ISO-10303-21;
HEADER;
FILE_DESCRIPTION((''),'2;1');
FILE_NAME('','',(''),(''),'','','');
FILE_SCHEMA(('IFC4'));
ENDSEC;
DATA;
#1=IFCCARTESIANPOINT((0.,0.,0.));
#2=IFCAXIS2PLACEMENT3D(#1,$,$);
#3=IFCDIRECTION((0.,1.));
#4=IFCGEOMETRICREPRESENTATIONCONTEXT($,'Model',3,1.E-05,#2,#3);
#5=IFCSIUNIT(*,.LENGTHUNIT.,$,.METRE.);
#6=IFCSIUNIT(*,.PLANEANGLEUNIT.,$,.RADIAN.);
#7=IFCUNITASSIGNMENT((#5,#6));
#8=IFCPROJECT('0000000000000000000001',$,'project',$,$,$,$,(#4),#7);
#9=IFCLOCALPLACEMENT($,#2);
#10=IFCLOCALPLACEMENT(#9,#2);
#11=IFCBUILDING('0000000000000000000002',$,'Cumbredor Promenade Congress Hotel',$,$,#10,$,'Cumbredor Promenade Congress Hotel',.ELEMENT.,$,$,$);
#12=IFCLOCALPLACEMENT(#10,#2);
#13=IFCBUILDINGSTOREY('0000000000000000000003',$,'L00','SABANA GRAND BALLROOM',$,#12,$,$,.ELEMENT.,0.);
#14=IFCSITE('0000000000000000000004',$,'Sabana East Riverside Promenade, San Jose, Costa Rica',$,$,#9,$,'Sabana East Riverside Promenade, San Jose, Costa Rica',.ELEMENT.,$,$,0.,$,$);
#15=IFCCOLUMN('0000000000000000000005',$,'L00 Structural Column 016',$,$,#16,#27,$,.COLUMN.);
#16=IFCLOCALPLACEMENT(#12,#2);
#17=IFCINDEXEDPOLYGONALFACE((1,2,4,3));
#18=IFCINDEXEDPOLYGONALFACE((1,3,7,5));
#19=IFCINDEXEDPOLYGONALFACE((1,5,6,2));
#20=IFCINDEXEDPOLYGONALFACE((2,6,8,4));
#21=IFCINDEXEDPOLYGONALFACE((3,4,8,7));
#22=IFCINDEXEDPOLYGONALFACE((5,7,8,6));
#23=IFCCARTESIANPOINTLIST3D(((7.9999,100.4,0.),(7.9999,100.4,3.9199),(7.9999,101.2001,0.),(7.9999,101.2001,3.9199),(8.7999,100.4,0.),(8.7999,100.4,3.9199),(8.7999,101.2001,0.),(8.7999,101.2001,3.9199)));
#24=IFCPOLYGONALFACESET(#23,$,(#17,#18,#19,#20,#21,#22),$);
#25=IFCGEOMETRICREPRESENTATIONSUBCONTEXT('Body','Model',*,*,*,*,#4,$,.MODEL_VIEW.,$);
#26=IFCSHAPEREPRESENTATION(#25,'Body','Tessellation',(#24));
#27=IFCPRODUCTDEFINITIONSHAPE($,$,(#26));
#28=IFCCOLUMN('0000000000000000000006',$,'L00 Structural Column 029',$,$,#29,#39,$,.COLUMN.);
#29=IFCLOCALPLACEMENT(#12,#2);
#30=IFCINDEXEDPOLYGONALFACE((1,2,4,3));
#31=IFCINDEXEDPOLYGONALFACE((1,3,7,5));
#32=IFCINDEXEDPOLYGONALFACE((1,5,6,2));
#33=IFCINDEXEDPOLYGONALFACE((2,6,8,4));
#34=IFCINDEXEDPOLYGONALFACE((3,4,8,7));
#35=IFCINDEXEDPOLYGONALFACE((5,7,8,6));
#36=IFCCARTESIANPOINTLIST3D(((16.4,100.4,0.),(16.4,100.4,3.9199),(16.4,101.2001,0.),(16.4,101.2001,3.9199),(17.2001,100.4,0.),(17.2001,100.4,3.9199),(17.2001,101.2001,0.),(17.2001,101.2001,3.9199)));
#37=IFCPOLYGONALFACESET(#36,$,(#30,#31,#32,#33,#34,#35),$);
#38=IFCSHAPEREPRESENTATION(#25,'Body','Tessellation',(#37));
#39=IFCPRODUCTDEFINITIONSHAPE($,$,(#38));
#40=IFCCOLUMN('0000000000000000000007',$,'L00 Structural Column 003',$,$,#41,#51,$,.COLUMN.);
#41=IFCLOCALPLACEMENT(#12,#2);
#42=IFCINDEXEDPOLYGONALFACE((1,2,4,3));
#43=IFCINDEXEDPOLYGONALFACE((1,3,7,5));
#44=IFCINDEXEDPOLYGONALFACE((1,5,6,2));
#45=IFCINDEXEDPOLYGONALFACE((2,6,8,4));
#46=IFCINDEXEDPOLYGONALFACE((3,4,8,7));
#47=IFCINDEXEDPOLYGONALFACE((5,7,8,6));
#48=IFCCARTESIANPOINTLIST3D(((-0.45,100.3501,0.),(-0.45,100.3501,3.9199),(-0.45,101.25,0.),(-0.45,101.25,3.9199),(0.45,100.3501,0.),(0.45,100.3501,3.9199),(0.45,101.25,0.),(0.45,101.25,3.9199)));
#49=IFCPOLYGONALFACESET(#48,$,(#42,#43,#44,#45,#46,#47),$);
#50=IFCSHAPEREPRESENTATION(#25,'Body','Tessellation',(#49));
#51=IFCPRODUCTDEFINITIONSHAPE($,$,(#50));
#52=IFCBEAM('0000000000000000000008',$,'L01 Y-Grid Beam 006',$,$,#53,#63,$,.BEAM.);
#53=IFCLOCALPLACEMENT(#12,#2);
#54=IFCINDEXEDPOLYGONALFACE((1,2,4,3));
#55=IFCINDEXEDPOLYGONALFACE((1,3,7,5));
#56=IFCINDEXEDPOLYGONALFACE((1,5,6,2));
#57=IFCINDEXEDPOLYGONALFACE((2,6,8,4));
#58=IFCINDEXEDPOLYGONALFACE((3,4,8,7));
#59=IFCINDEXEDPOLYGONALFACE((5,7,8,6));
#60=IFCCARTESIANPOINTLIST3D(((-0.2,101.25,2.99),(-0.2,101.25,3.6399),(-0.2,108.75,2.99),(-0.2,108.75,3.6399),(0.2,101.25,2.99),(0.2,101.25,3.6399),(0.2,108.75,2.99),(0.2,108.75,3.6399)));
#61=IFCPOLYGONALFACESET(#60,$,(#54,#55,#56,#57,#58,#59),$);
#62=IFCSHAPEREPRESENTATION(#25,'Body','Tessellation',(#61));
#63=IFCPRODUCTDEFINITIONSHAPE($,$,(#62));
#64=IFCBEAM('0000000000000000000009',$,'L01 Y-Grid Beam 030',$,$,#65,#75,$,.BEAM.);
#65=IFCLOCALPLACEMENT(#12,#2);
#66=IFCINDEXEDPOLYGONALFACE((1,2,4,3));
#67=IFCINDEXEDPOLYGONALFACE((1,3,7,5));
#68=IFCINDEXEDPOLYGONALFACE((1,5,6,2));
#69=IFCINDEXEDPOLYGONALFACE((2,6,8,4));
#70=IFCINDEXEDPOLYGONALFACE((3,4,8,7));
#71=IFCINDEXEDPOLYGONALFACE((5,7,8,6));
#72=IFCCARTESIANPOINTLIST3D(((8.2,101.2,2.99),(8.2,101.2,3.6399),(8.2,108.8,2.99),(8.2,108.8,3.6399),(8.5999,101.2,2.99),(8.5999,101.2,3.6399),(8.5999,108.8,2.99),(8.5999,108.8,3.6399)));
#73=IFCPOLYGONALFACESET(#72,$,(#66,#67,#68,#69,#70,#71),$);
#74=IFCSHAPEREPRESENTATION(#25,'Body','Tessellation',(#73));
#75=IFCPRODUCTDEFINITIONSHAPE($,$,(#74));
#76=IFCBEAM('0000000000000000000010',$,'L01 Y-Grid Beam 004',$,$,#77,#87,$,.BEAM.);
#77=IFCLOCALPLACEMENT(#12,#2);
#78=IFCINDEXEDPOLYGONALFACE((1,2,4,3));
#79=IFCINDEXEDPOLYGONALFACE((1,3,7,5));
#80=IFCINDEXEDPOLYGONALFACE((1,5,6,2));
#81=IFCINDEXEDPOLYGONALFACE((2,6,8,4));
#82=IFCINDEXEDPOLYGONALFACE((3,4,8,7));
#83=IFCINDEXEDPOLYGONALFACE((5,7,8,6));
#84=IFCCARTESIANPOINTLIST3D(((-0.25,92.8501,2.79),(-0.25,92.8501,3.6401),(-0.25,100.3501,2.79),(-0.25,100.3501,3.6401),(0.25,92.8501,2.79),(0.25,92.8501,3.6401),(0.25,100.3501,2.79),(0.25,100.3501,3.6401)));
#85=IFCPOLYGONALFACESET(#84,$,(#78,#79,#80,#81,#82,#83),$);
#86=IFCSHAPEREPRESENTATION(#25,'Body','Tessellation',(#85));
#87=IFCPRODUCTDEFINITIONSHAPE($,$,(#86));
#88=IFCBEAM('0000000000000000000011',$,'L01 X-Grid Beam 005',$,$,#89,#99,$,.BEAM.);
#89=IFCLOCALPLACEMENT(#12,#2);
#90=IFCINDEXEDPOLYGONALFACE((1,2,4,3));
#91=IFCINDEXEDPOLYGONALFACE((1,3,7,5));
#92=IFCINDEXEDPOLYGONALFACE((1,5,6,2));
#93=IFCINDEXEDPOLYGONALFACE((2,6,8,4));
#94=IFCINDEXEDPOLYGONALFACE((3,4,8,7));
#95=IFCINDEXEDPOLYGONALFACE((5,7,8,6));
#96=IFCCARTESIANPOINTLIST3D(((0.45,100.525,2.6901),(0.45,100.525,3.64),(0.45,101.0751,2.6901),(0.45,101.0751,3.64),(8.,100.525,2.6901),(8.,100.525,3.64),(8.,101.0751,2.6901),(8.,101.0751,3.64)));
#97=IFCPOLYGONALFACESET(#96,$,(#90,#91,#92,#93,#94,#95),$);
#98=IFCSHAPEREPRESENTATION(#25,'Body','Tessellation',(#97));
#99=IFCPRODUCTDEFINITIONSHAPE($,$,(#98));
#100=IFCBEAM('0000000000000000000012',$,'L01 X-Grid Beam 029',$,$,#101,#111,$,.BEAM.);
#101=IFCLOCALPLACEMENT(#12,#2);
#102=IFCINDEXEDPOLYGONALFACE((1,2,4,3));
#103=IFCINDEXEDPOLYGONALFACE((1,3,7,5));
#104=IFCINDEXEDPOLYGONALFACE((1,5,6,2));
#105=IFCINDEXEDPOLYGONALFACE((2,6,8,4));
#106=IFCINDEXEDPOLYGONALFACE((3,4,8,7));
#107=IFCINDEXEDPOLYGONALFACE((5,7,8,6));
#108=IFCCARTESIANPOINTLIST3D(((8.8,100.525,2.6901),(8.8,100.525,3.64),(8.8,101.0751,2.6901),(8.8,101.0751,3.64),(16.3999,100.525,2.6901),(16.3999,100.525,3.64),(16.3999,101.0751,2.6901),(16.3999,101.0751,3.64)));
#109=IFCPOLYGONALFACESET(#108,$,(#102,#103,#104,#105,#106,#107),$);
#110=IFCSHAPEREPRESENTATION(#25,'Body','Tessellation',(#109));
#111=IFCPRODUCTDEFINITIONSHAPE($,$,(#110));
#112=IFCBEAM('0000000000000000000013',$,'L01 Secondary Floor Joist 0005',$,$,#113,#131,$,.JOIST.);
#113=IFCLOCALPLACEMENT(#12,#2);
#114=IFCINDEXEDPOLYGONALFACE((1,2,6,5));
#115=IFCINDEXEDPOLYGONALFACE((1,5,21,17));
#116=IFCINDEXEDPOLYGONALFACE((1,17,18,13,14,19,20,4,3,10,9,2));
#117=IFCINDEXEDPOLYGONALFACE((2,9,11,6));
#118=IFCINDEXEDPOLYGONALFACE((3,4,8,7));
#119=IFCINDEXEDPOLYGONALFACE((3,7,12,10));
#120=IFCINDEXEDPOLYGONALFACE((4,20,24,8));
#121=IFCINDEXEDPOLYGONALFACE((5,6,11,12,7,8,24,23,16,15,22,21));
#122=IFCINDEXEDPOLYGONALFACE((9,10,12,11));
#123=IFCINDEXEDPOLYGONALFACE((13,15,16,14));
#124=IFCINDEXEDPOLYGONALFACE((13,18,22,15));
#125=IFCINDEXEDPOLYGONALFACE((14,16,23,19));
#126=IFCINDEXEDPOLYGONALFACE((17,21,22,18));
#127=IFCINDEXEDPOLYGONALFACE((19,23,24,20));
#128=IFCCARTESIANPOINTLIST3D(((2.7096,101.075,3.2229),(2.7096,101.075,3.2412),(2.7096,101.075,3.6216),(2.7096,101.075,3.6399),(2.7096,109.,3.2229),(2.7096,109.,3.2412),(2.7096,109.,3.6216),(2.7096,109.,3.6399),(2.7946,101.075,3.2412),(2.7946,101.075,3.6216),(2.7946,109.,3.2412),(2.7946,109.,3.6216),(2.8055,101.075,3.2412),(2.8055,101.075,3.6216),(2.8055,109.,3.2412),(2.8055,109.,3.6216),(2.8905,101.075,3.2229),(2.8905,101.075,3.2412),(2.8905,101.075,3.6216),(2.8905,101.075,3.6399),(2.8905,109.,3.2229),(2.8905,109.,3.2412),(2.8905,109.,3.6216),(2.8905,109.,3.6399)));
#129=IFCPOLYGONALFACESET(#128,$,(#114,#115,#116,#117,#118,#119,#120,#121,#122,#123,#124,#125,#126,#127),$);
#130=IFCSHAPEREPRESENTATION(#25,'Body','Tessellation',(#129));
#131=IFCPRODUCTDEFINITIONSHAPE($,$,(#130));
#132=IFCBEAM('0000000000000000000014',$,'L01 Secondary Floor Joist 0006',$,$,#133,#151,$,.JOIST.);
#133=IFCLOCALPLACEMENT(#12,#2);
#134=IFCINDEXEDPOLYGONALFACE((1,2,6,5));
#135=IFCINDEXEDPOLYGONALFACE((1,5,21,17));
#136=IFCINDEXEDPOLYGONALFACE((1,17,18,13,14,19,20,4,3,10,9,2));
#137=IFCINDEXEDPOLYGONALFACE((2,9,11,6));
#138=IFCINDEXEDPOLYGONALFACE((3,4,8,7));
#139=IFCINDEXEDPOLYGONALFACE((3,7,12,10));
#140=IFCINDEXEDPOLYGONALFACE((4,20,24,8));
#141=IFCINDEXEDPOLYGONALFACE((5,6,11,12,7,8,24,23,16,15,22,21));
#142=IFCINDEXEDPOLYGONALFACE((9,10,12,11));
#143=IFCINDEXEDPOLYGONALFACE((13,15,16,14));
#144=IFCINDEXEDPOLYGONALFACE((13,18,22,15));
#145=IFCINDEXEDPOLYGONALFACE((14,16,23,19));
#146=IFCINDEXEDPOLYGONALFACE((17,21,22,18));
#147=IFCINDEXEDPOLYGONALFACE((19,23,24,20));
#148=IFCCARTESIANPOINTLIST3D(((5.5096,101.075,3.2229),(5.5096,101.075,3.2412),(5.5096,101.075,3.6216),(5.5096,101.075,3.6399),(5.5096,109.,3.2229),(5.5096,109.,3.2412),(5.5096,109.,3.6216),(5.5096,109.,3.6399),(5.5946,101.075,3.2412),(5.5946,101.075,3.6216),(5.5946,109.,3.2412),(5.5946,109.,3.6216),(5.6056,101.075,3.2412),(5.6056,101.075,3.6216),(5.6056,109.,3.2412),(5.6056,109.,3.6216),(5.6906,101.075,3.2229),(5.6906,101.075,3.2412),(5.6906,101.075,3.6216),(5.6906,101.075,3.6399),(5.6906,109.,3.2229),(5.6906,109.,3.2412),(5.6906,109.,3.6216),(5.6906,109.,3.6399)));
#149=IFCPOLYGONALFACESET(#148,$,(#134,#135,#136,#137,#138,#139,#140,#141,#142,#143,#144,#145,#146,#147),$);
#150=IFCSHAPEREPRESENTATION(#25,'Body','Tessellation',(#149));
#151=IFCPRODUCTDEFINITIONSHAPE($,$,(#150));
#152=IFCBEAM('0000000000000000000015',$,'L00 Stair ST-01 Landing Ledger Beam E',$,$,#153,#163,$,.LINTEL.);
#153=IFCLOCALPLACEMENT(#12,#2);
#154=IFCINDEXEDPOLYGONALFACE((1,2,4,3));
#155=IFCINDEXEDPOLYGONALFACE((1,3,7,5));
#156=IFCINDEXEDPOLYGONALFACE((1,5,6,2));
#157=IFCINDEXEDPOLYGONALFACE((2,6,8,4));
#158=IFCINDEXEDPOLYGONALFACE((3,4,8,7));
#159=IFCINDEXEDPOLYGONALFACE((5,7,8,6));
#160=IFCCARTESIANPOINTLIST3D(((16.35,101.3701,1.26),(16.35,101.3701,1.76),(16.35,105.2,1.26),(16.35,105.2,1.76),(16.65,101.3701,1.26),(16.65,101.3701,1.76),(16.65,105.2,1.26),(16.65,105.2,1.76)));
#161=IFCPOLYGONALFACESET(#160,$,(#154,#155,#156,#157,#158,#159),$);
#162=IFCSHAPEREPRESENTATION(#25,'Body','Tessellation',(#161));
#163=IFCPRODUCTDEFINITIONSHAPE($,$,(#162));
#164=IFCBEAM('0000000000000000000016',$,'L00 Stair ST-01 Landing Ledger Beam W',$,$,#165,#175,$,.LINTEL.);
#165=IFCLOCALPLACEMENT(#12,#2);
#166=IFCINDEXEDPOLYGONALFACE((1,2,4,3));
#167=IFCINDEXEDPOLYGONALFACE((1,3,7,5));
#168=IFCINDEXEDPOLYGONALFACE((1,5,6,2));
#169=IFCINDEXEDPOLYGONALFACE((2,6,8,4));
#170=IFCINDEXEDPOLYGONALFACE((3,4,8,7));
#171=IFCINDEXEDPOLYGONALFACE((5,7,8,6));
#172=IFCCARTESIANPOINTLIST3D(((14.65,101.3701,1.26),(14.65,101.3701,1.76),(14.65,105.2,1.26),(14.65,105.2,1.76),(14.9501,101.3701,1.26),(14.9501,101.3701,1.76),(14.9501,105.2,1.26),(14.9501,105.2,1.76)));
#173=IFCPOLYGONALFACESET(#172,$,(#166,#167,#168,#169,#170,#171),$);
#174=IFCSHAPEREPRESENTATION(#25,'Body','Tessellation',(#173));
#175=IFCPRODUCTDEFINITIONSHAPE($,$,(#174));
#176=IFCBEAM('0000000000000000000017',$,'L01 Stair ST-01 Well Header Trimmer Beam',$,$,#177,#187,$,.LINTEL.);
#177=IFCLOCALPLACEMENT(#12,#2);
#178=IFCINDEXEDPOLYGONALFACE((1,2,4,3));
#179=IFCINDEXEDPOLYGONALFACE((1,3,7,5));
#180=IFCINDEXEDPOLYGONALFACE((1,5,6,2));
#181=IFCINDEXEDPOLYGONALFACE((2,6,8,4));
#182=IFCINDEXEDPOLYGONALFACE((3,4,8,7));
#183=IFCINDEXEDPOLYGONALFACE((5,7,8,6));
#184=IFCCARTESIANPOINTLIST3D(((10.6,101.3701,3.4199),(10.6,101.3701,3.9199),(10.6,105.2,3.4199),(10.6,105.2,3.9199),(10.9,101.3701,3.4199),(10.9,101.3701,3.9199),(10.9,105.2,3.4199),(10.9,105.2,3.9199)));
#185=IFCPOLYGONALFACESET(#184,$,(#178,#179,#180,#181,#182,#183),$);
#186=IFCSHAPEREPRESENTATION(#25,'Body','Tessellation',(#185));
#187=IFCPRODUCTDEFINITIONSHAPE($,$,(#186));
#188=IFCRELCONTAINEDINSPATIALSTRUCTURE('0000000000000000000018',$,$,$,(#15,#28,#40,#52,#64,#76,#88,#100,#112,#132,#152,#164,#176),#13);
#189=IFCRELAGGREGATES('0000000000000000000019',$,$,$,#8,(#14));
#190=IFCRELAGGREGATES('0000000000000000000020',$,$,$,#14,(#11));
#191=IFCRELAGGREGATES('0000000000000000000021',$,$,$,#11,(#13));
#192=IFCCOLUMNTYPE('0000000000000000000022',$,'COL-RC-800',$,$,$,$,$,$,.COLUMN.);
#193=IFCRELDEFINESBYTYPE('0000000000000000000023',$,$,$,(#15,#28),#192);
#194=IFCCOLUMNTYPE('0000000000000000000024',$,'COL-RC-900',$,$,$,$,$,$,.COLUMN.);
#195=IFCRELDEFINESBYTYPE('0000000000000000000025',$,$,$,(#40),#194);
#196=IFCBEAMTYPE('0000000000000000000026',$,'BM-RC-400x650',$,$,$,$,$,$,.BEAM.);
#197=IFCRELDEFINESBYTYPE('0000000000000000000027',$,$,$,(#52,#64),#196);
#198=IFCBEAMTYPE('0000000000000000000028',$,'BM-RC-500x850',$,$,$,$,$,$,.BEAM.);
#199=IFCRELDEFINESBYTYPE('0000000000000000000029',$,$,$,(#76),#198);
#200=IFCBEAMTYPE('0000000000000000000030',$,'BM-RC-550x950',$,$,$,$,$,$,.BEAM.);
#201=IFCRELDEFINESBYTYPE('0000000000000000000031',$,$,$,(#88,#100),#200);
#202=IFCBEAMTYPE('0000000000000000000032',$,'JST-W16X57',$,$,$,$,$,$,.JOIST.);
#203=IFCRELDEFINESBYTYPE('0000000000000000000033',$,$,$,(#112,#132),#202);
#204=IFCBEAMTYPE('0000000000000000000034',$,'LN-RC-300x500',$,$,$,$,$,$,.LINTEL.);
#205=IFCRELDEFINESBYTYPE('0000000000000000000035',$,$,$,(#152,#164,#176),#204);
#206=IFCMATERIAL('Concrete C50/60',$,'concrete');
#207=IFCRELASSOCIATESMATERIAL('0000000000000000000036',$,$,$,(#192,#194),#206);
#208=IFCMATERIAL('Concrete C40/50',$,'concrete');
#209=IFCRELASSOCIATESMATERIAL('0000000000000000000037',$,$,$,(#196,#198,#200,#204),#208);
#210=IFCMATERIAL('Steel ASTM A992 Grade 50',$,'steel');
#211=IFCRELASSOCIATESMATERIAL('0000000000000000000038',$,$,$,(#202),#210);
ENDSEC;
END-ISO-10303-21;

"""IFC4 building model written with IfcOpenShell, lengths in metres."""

from ifc_helpers import new_model, si_unit, direction, frame, origin, origin_2d, place, context, subcontext, project, spatial, rectangle, i_section, extrude, material, material_profile, profile_set, type_object, element, save


model = new_model("IFC4")

# Units and contexts
model_context = context("Model", 3, precision=1e-05, world=origin(), true_north=direction((0.0, 1.0)))
body_context = subcontext(model_context, "Body", "Model", "MODEL_VIEW")
ifc_project = project(units=[si_unit("LENGTHUNIT", "METRE"), si_unit("PLANEANGLEUNIT", "RADIAN")], contexts=[model_context])

# Site, building, storey
site_placement = place(None, origin())
site = spatial("IfcSite", under=ifc_project, at=site_placement, Name="Sabana East Riverside Promenade, San Jose, Costa Rica", LongName="Sabana East Riverside Promenade, San Jose, Costa Rica", CompositionType="ELEMENT", RefElevation=0.0)
building_placement = place(site_placement, origin())
building = spatial("IfcBuilding", under=site, at=building_placement, Name="Cumbredor Promenade Congress Hotel", LongName="Cumbredor Promenade Congress Hotel", CompositionType="ELEMENT")
storey_placement = place(building_placement, origin())
storey = spatial("IfcBuildingStorey", under=building, at=storey_placement, Name="L00", Description="SABANA GRAND BALLROOM", CompositionType="ELEMENT", Elevation=0.0)

# Columns
ifc_material_1 = material(Name="Concrete C50/60", Category="concrete")
ifc_material_profile_1 = material_profile(ifc_material_1, rectangle(XDim=0.8, YDim=0.8, at=origin_2d()), Name="RC 800x800")
ifc_profile_set_1 = profile_set([ifc_material_profile_1], Name="Concrete C50/60")
column_type_1 = type_object("IfcColumnType", Name="COL-RC-800", PredefinedType="COLUMN", material=ifc_profile_set_1)
for number, where, z_axis, x_axis, name in (
    (1, (8.3999, 100.8, 0.0), (0.0, 0.0, 1.0), (1.0, 0.0, 0.0), "L00 Structural Column 016"),
    (2, (16.8, 100.8, 0.0), (0.0, 0.0, 1.0), (1.0, 0.0, 0.0), "L00 Structural Column 029"),
):
    element("IfcColumn", number, at=place(storey_placement, frame(where, z_axis=z_axis, x_axis=x_axis)), inside=storey, type_object=column_type_1, Name=name, PredefinedType="COLUMN", context=body_context, shape_type="SweptSolid", body=[
        extrude(rectangle(XDim=0.8, YDim=0.8, at=origin_2d()), origin(), (0.0, 0.0, 1.0), 3.9199),
    ])
ifc_material_profile_2 = material_profile(ifc_material_1, rectangle(XDim=0.8999, YDim=0.8999, at=origin_2d()), Name="RC 900x900")
ifc_profile_set_2 = profile_set([ifc_material_profile_2], Name="Concrete C50/60")
column_type_2 = type_object("IfcColumnType", Name="COL-RC-900", PredefinedType="COLUMN", material=ifc_profile_set_2)
column_placement = place(storey_placement, frame((0.0, 100.8, 0.0), z_axis=(0.0, 0.0, 1.0), x_axis=(1.0, 0.0, 0.0)))
element("IfcColumn", 3, at=column_placement, inside=storey, type_object=column_type_2, Name="L00 Structural Column 003", PredefinedType="COLUMN", context=body_context, shape_type="SweptSolid", body=[
    extrude(rectangle(XDim=0.8999, YDim=0.8999, at=origin_2d()), origin(), (0.0, 0.0, 1.0), 3.9199),
])

# Beams
ifc_material_2 = material(Name="Concrete C40/50", Category="concrete")
ifc_material_profile_3 = material_profile(ifc_material_2, rectangle(XDim=0.3999, YDim=0.6499, at=origin_2d()), Name="RC BEAM 400x650")
ifc_profile_set_3 = profile_set([ifc_material_profile_3], Name="Concrete C40/50")
beam_type_1 = type_object("IfcBeamType", Name="BM-RC-400x650", PredefinedType="BEAM", material=ifc_profile_set_3)
beam_1_placement = place(storey_placement, frame((0.0, 101.25, 3.3149), z_axis=(0.0, 1.0, 0.0), x_axis=(-1.0, 0.0, 0.0)))
element("IfcBeam", 4, at=beam_1_placement, inside=storey, type_object=beam_type_1, Name="L01 Y-Grid Beam 006", PredefinedType="BEAM", context=body_context, shape_type="SweptSolid", body=[
    extrude(rectangle(XDim=0.3999, YDim=0.6499, at=origin_2d()), origin(), (0.0, 0.0, 1.0), 7.5),
])
beam_2_placement = place(storey_placement, frame((8.3999, 101.2, 3.3149), z_axis=(0.0, 1.0, 0.0), x_axis=(-1.0, 0.0, 0.0)))
element("IfcBeam", 5, at=beam_2_placement, inside=storey, type_object=beam_type_1, Name="L01 Y-Grid Beam 030", PredefinedType="BEAM", context=body_context, shape_type="SweptSolid", body=[
    extrude(rectangle(XDim=0.3999, YDim=0.6499, at=origin_2d()), origin(), (0.0, 0.0, 1.0), 7.6001),
])
ifc_material_profile_4 = material_profile(ifc_material_2, rectangle(XDim=0.5, YDim=0.8501, at=origin_2d()), Name="RC BEAM 500x850")
ifc_profile_set_4 = profile_set([ifc_material_profile_4], Name="Concrete C40/50")
beam_type_2 = type_object("IfcBeamType", Name="BM-RC-500x850", PredefinedType="BEAM", material=ifc_profile_set_4)
beam_3_placement = place(storey_placement, frame((0.0, 92.8501, 3.2151), z_axis=(0.0, 1.0, 0.0), x_axis=(-1.0, 0.0, 0.0)))
element("IfcBeam", 6, at=beam_3_placement, inside=storey, type_object=beam_type_2, Name="L01 Y-Grid Beam 004", PredefinedType="BEAM", context=body_context, shape_type="SweptSolid", body=[
    extrude(rectangle(XDim=0.5, YDim=0.8501, at=origin_2d()), origin(), (0.0, 0.0, 1.0), 7.5),
])
ifc_material_profile_5 = material_profile(ifc_material_2, rectangle(XDim=0.55, YDim=0.95, at=origin_2d()), Name="RC BEAM 550x950")
ifc_profile_set_5 = profile_set([ifc_material_profile_5], Name="Concrete C40/50")
beam_type_3 = type_object("IfcBeamType", Name="BM-RC-550x950", PredefinedType="BEAM", material=ifc_profile_set_5)
beam_4_placement = place(storey_placement, frame((0.45, 100.8, 3.165), z_axis=(1.0, 0.0, 0.0), x_axis=(0.0, 1.0, 0.0)))
element("IfcBeam", 7, at=beam_4_placement, inside=storey, type_object=beam_type_3, Name="L01 X-Grid Beam 005", PredefinedType="BEAM", context=body_context, shape_type="SweptSolid", body=[
    extrude(rectangle(XDim=0.55, YDim=0.95, at=origin_2d()), origin(), (0.0, 0.0, 1.0), 7.55),
])
beam_5_placement = place(storey_placement, frame((8.8, 100.8, 3.165), z_axis=(1.0, 0.0, 0.0), x_axis=(0.0, 1.0, 0.0)))
element("IfcBeam", 8, at=beam_5_placement, inside=storey, type_object=beam_type_3, Name="L01 X-Grid Beam 029", PredefinedType="BEAM", context=body_context, shape_type="SweptSolid", body=[
    extrude(rectangle(XDim=0.55, YDim=0.95, at=origin_2d()), origin(), (0.0, 0.0, 1.0), 7.5999),
])
ifc_material_3 = material(Name="Steel ASTM A992 Grade 50", Category="steel")
ifc_material_profile_6 = material_profile(ifc_material_3, i_section(OverallWidth=0.1809, OverallDepth=0.417, WebThickness=0.011, FlangeThickness=0.0183, at=origin_2d()), Name="W16X57")
ifc_profile_set_6 = profile_set([ifc_material_profile_6], Name="Steel ASTM A992 Grade 50")
beam_type_4 = type_object("IfcBeamType", Name="JST-W16X57", PredefinedType="JOIST", material=ifc_profile_set_6)
for number, where, z_axis, x_axis, name in (
    (9, (2.8, 101.075, 3.4314), (0.0, 1.0, 0.0), (-1.0, 0.0, 0.0), "L01 Secondary Floor Joist 0005"),
    (10, (5.6001, 101.075, 3.4314), (0.0, 1.0, 0.0), (-1.0, 0.0, 0.0), "L01 Secondary Floor Joist 0006"),
):
    element("IfcBeam", number, at=place(storey_placement, frame(where, z_axis=z_axis, x_axis=x_axis)), inside=storey, type_object=beam_type_4, Name=name, PredefinedType="JOIST", context=body_context, shape_type="SweptSolid", body=[
        extrude(i_section(OverallWidth=0.1809, OverallDepth=0.417, WebThickness=0.011, FlangeThickness=0.0183, at=origin_2d()), origin(), (0.0, 0.0, 1.0), 7.925),
    ])
ifc_material_profile_7 = material_profile(ifc_material_2, rectangle(XDim=0.3, YDim=0.5, at=origin_2d()), Name="RC LINTEL 300x500")
ifc_profile_set_7 = profile_set([ifc_material_profile_7], Name="Concrete C40/50")
beam_type_5 = type_object("IfcBeamType", Name="LN-RC-300x500", PredefinedType="LINTEL", material=ifc_profile_set_7)
for number, where, z_axis, x_axis, name in (
    (11, (16.5, 101.3701, 1.51), (0.0, 1.0, 0.0), (-1.0, 0.0, 0.0), "L00 Stair ST-01 Landing Ledger Beam E"),
    (12, (14.8, 101.3701, 1.51), (0.0, 1.0, 0.0), (-1.0, 0.0, 0.0), "L00 Stair ST-01 Landing Ledger Beam W"),
    (13, (10.75, 101.3701, 3.6699), (0.0, 1.0, 0.0), (-1.0, 0.0, 0.0), "L01 Stair ST-01 Well Header Trimmer Beam"),
):
    element("IfcBeam", number, at=place(storey_placement, frame(where, z_axis=z_axis, x_axis=x_axis)), inside=storey, type_object=beam_type_5, Name=name, PredefinedType="LINTEL", context=body_context, shape_type="SweptSolid", body=[
        extrude(rectangle(XDim=0.3, YDim=0.5, at=origin_2d()), origin(), (0.0, 0.0, 1.0), 3.8298),
    ])

save(model, "model.ifc")
